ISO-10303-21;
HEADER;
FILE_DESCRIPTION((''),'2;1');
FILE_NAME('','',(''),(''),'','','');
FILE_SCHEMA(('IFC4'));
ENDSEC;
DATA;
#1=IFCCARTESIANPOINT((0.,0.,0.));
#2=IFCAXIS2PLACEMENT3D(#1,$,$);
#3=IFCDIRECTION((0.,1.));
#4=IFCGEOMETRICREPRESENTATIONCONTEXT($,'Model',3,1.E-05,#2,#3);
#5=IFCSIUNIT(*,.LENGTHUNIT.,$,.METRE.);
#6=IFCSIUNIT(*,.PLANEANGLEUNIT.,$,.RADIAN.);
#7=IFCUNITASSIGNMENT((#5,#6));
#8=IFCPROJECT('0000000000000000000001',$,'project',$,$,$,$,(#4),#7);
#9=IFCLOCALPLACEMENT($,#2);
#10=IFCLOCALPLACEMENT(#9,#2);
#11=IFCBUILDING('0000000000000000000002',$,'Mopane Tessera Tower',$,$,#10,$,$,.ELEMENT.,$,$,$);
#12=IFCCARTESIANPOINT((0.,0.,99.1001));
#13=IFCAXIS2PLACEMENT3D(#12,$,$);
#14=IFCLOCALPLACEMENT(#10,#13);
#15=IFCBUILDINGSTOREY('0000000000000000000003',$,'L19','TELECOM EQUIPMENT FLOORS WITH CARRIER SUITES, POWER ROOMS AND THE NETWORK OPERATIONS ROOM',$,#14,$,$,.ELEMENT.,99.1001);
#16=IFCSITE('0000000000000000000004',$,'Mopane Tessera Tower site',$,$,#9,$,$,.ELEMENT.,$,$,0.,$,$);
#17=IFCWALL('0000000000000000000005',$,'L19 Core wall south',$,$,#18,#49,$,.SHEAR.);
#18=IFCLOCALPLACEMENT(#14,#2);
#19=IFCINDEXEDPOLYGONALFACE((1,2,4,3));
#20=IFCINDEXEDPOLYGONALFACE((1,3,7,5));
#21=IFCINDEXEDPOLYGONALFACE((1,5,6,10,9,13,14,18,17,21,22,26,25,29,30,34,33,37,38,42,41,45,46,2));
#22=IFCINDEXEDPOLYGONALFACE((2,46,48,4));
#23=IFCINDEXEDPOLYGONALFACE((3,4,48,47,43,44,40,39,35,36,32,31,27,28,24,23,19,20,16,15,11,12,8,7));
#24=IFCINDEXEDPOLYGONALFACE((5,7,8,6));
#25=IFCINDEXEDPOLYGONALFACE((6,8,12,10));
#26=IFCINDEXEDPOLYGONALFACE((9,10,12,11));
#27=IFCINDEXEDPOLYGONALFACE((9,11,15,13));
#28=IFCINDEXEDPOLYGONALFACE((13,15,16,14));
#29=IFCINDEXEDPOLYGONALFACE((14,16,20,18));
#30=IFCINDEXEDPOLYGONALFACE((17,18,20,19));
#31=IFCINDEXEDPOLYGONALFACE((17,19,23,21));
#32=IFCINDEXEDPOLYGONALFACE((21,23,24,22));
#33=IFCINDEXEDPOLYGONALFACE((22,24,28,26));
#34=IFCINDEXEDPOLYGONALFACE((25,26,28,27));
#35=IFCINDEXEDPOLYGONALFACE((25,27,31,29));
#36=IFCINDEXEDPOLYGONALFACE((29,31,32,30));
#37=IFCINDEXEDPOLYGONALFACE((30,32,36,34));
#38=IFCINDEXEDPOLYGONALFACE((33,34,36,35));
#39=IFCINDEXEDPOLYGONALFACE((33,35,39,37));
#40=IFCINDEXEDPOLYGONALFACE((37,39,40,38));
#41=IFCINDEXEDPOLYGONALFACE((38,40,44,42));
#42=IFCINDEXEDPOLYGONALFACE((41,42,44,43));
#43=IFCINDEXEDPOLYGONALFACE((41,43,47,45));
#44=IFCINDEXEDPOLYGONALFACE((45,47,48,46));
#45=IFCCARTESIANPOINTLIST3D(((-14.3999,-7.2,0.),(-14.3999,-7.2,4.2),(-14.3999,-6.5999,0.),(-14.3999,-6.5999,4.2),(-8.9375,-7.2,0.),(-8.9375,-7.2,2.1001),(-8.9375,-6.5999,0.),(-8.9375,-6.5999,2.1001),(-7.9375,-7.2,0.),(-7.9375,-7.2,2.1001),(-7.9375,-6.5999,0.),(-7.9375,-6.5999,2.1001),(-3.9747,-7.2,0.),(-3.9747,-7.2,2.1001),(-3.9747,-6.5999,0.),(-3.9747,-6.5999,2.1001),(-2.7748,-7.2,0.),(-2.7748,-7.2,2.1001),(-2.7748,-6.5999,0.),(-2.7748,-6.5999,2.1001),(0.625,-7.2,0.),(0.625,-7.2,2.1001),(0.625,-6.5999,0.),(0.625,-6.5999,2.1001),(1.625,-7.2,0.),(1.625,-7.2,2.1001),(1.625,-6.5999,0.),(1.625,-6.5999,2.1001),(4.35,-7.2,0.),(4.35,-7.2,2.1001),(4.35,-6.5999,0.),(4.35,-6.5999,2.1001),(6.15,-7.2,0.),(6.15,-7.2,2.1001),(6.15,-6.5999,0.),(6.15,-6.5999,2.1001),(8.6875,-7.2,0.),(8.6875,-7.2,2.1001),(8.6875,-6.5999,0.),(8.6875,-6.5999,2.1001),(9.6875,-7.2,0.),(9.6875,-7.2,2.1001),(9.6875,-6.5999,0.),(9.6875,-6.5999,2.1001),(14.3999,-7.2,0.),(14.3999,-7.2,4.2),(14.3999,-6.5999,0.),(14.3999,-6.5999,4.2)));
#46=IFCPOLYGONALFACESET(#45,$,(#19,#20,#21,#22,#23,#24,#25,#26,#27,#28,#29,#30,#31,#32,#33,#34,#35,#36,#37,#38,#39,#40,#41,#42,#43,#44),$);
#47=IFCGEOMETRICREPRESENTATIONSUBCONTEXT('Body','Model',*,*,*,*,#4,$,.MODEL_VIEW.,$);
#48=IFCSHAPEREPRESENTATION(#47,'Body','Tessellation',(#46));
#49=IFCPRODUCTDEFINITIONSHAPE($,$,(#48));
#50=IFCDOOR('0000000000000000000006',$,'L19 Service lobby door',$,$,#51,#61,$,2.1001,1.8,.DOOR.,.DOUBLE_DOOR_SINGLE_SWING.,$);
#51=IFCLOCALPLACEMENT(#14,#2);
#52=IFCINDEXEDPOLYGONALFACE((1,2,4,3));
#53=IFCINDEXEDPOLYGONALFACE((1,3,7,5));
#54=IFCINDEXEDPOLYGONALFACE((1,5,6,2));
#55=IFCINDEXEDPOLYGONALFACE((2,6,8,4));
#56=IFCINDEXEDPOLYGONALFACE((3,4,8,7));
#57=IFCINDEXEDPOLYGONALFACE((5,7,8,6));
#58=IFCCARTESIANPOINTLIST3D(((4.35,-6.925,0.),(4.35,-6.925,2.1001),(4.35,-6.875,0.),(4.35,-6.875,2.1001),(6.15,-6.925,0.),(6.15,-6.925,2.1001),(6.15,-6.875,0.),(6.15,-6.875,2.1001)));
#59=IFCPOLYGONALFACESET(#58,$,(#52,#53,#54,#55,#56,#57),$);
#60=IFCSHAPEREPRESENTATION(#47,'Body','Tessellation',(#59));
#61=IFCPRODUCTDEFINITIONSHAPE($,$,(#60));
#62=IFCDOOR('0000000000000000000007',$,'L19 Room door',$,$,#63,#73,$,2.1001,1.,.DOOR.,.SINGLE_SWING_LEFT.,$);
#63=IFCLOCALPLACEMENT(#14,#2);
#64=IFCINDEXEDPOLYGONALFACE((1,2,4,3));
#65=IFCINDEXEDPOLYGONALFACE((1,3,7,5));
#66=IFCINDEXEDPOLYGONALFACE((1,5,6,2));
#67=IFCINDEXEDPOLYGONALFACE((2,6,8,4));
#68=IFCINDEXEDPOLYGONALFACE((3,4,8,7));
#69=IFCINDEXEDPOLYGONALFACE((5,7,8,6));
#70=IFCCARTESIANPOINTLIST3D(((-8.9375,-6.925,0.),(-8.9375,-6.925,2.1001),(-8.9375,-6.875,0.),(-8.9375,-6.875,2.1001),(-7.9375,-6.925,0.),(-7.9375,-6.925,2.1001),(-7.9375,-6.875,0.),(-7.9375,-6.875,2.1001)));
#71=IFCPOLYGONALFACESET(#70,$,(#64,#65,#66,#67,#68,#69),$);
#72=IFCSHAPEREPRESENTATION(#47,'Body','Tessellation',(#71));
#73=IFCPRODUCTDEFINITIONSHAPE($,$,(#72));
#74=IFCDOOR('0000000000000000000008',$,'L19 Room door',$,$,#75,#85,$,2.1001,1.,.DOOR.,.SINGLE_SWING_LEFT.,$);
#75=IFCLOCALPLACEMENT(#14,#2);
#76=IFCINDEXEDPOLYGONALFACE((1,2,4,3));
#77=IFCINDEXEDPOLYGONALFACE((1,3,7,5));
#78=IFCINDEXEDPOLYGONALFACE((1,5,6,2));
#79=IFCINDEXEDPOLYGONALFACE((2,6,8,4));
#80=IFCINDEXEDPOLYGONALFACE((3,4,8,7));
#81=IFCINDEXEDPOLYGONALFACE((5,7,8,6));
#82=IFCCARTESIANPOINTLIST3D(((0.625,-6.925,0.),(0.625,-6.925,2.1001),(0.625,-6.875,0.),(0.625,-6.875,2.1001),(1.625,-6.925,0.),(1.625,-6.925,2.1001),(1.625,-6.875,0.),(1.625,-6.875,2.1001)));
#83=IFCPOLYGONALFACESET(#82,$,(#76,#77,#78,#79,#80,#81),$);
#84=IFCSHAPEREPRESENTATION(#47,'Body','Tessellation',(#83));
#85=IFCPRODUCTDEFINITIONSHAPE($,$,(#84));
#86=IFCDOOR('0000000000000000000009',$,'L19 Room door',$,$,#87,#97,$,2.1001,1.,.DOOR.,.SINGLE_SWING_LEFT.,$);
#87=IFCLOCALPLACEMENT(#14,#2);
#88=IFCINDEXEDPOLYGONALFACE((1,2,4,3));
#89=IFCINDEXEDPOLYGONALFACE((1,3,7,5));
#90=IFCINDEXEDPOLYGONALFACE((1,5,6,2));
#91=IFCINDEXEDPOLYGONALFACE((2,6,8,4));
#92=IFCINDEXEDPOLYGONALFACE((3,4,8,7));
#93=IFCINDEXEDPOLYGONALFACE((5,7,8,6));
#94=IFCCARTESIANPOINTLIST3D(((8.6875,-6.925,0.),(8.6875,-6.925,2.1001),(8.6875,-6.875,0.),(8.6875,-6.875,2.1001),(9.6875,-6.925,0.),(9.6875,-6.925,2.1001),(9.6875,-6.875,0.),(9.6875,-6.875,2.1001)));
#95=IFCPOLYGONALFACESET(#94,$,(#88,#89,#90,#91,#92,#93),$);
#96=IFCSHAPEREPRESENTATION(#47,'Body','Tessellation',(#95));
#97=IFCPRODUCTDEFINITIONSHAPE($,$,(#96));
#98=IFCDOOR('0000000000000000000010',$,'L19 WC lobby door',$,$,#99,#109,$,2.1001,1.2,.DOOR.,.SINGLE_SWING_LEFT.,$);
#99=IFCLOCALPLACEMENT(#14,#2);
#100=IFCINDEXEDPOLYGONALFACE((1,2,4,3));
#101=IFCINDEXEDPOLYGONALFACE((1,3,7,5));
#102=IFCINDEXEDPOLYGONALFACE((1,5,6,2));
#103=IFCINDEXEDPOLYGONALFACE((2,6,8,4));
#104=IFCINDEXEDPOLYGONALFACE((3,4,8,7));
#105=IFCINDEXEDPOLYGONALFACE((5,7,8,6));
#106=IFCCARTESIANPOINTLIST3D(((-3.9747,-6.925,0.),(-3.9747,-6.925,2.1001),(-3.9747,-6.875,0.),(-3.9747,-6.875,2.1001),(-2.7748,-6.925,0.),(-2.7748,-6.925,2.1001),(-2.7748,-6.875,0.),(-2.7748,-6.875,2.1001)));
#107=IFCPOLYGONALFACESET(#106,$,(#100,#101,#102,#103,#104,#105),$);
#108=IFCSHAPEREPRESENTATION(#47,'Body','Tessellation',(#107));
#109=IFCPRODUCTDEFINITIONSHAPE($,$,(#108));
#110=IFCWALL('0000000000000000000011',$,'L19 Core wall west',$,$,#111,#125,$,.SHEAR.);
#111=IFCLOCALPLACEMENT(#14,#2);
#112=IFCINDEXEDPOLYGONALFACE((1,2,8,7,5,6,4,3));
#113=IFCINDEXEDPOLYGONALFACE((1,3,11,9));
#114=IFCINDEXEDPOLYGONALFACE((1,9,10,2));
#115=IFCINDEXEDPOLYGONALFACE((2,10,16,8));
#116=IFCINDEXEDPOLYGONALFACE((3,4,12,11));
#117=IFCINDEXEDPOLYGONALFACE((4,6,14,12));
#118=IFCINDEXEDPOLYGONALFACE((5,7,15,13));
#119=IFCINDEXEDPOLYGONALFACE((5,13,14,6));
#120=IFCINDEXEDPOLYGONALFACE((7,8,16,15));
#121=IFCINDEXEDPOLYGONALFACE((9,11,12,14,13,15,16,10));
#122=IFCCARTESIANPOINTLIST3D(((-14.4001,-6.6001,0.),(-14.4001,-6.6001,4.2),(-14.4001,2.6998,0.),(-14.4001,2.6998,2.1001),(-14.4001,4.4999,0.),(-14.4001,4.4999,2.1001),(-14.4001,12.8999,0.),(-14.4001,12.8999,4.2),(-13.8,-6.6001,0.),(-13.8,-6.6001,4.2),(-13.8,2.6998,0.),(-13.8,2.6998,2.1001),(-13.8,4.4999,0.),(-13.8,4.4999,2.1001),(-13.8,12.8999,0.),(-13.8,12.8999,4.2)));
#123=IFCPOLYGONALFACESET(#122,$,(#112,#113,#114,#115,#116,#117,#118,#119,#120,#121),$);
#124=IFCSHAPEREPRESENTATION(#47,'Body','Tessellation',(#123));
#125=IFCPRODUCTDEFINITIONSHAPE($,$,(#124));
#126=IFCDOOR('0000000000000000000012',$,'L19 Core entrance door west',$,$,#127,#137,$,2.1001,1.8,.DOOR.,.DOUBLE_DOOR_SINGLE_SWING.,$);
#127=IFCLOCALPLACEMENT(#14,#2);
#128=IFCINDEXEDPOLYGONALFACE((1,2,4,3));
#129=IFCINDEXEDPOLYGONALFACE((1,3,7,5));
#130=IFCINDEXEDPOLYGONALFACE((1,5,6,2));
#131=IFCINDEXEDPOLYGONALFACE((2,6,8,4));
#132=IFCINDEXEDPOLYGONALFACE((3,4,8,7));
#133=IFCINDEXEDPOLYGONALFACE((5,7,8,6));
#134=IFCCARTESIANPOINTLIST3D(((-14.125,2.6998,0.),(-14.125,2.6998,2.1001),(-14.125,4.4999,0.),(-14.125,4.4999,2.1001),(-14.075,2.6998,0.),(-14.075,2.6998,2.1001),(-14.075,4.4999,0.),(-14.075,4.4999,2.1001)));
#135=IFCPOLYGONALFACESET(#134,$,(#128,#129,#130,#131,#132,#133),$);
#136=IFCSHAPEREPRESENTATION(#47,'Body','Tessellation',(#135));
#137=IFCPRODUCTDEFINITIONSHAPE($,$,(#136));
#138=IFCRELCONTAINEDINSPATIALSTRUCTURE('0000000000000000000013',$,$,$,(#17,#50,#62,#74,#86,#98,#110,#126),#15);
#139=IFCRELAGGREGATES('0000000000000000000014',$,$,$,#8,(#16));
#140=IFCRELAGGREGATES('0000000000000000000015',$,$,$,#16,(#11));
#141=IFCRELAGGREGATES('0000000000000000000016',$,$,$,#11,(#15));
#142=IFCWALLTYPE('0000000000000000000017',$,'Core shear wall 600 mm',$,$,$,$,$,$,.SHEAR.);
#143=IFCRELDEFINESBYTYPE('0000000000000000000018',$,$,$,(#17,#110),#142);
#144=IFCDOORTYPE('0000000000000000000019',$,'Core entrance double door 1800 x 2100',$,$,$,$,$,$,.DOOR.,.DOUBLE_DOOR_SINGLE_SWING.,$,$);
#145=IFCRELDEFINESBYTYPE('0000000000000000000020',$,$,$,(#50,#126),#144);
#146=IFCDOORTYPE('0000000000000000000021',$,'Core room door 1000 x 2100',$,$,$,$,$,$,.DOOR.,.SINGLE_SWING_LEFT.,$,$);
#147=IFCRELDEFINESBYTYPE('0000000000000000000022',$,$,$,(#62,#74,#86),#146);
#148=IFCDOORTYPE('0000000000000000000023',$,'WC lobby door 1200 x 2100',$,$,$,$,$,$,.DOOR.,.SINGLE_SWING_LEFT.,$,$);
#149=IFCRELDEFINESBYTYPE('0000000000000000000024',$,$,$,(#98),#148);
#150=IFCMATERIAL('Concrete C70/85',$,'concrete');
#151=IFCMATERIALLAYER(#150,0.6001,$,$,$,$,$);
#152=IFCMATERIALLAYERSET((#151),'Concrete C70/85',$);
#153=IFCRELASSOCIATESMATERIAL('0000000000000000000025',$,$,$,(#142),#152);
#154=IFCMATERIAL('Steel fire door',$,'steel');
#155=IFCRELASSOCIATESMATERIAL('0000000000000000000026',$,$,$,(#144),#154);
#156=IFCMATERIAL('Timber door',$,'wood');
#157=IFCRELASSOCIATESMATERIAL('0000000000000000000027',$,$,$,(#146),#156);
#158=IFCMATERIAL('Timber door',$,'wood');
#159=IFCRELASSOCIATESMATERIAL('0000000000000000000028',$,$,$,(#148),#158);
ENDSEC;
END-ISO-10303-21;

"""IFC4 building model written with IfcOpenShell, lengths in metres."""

from ifc_helpers import new_model, si_unit, direction, frame, frame_2d, origin, place, context, subcontext, project, spatial, rectangle, extrude, material, layer, layer_set, type_object, element, fill, save


model = new_model("IFC4")

# Units and contexts
model_context = context("Model", 3, precision=1e-05, world=origin(), true_north=direction((0.0, 1.0)))
body_context = subcontext(model_context, "Body", "Model", "MODEL_VIEW")
ifc_project = project(units=[si_unit("LENGTHUNIT", "METRE"), si_unit("PLANEANGLEUNIT", "RADIAN")], contexts=[model_context])

# Site, building, storey
site_placement = place(None, origin())
site = spatial("IfcSite", under=ifc_project, at=site_placement, Name="Mopane Tessera Tower site", CompositionType="ELEMENT", RefElevation=0.0)
building_placement = place(site_placement, origin())
building = spatial("IfcBuilding", under=site, at=building_placement, Name="Mopane Tessera Tower", CompositionType="ELEMENT")
storey_placement = place(building_placement, frame((0.0, 0.0, 99.1001)))
storey = spatial("IfcBuildingStorey", under=building, at=storey_placement, Name="L19", Description="TELECOM EQUIPMENT FLOORS WITH CARRIER SUITES, POWER ROOMS AND THE NETWORK OPERATIONS ROOM", CompositionType="ELEMENT", Elevation=99.1001)

# Wall, openings, doors
ifc_material_1 = material(Name="Concrete C70/85", Category="concrete")
ifc_layer_1 = layer(ifc_material_1, 0.6001)
ifc_layer_set_1 = layer_set([ifc_layer_1], Name="Concrete C70/85")
wall_type_1 = type_object("IfcWallType", Name="Core shear wall 600 mm", PredefinedType="SHEAR", material=ifc_layer_set_1)
wall_1_placement = place(storey_placement, frame((-14.3999, -6.8999, 0.0), z_axis=(0.0, 0.0, 1.0), x_axis=(1.0, 0.0, 0.0)))
wall_1 = element("IfcWall", 1, at=wall_1_placement, inside=storey, type_object=wall_type_1, Name="L19 Core wall south", PredefinedType="SHEAR", context=body_context, shape_type="SweptSolid", body=[
    extrude(rectangle(XDim=28.7998, YDim=0.6001, at=frame_2d((14.3999, 0.0))), origin(), (0.0, 0.0, 1.0), 4.2),
])
opening_1_placement = place(wall_1_placement, frame((5.4624, 0.0, 0.0)))
opening_1 = element("IfcOpeningElement", 2, at=opening_1_placement, cuts=wall_1, PredefinedType="OPENING", context=body_context, shape_type="SweptSolid", body=[
    extrude(rectangle(XDim=1.0, YDim=2.1001, at=frame_2d((0.5, 1.05))), frame((0.0, 0.312, 0.0), z_axis=(0.0, -1.0, 0.0), x_axis=(1.0, 0.0, 0.0)), (0.0, 0.0, 1.0), 0.624),
])
opening_2_placement = place(wall_1_placement, frame((10.425, 0.0, 0.0)))
opening_2 = element("IfcOpeningElement", 3, at=opening_2_placement, cuts=wall_1, PredefinedType="OPENING", context=body_context, shape_type="SweptSolid", body=[
    extrude(rectangle(XDim=1.2, YDim=2.1001, at=frame_2d((0.6001, 1.05))), frame((0.0, 0.312, 0.0), z_axis=(0.0, -1.0, 0.0), x_axis=(1.0, 0.0, 0.0)), (0.0, 0.0, 1.0), 0.624),
])
opening_3_placement = place(wall_1_placement, frame((15.0249, 0.0, 0.0)))
opening_3 = element("IfcOpeningElement", 4, at=opening_3_placement, cuts=wall_1, PredefinedType="OPENING", context=body_context, shape_type="SweptSolid", body=[
    extrude(rectangle(XDim=1.0, YDim=2.1001, at=frame_2d((0.5, 1.05))), frame((0.0, 0.312, 0.0), z_axis=(0.0, -1.0, 0.0), x_axis=(1.0, 0.0, 0.0)), (0.0, 0.0, 1.0), 0.624),
])
opening_4_placement = place(wall_1_placement, frame((18.75, 0.0, 0.0)))
opening_4 = element("IfcOpeningElement", 5, at=opening_4_placement, cuts=wall_1, PredefinedType="OPENING", context=body_context, shape_type="SweptSolid", body=[
    extrude(rectangle(XDim=1.8, YDim=2.1001, at=frame_2d((0.8999, 1.05))), frame((0.0, 0.312, 0.0), z_axis=(0.0, -1.0, 0.0), x_axis=(1.0, 0.0, 0.0)), (0.0, 0.0, 1.0), 0.624),
])
opening_5_placement = place(wall_1_placement, frame((23.0874, 0.0, 0.0)))
opening_5 = element("IfcOpeningElement", 6, at=opening_5_placement, cuts=wall_1, PredefinedType="OPENING", context=body_context, shape_type="SweptSolid", body=[
    extrude(rectangle(XDim=1.0, YDim=2.1001, at=frame_2d((0.5, 1.05))), frame((0.0, 0.312, 0.0), z_axis=(0.0, -1.0, 0.0), x_axis=(1.0, 0.0, 0.0)), (0.0, 0.0, 1.0), 0.624),
])
ifc_material_2 = material(Name="Steel fire door", Category="steel")
door_type_1 = type_object("IfcDoorType", Name="Core entrance double door 1800 x 2100", OperationType="DOUBLE_DOOR_SINGLE_SWING", PredefinedType="DOOR", material=ifc_material_2)
door_1_placement = place(opening_4_placement, origin())
door_1 = element("IfcDoor", 7, at=door_1_placement, inside=storey, type_object=door_type_1, Name="L19 Service lobby door", OperationType="DOUBLE_DOOR_SINGLE_SWING", OverallHeight=2.1001, OverallWidth=1.8, PredefinedType="DOOR", context=body_context, shape_type="SweptSolid", body=[
    extrude(rectangle(XDim=1.8, YDim=2.1001, at=frame_2d((0.8999, 1.05))), frame((0.0, 0.0249, 0.0), z_axis=(0.0, -1.0, 0.0), x_axis=(1.0, 0.0, 0.0)), (0.0, 0.0, 1.0), 0.05),
])
fill(opening_4, door_1)
ifc_material_3 = material(Name="Timber door", Category="wood")
door_type_2 = type_object("IfcDoorType", Name="Core room door 1000 x 2100", OperationType="SINGLE_SWING_LEFT", PredefinedType="DOOR", material=ifc_material_3)
door_2_placement = place(opening_1_placement, origin())
door_2 = element("IfcDoor", 8, at=door_2_placement, inside=storey, type_object=door_type_2, Name="L19 Room door", OperationType="SINGLE_SWING_LEFT", OverallHeight=2.1001, OverallWidth=1.0, PredefinedType="DOOR", context=body_context, shape_type="SweptSolid", body=[
    extrude(rectangle(XDim=1.0, YDim=2.1001, at=frame_2d((0.5, 1.05))), frame((0.0, 0.0249, 0.0), z_axis=(0.0, -1.0, 0.0), x_axis=(1.0, 0.0, 0.0)), (0.0, 0.0, 1.0), 0.05),
])
fill(opening_1, door_2)
door_3_placement = place(opening_3_placement, origin())
door_3 = element("IfcDoor", 9, at=door_3_placement, inside=storey, type_object=door_type_2, Name="L19 Room door", OperationType="SINGLE_SWING_LEFT", OverallHeight=2.1001, OverallWidth=1.0, PredefinedType="DOOR", context=body_context, shape_type="SweptSolid", body=[
    extrude(rectangle(XDim=1.0, YDim=2.1001, at=frame_2d((0.5, 1.05))), frame((0.0, 0.0249, 0.0), z_axis=(0.0, -1.0, 0.0), x_axis=(1.0, 0.0, 0.0)), (0.0, 0.0, 1.0), 0.05),
])
fill(opening_3, door_3)
door_4_placement = place(opening_5_placement, origin())
door_4 = element("IfcDoor", 10, at=door_4_placement, inside=storey, type_object=door_type_2, Name="L19 Room door", OperationType="SINGLE_SWING_LEFT", OverallHeight=2.1001, OverallWidth=1.0, PredefinedType="DOOR", context=body_context, shape_type="SweptSolid", body=[
    extrude(rectangle(XDim=1.0, YDim=2.1001, at=frame_2d((0.5, 1.05))), frame((0.0, 0.0249, 0.0), z_axis=(0.0, -1.0, 0.0), x_axis=(1.0, 0.0, 0.0)), (0.0, 0.0, 1.0), 0.05),
])
fill(opening_5, door_4)
ifc_material_4 = material(Name="Timber door", Category="wood")
door_type_3 = type_object("IfcDoorType", Name="WC lobby door 1200 x 2100", OperationType="SINGLE_SWING_LEFT", PredefinedType="DOOR", material=ifc_material_4)
door_5_placement = place(opening_2_placement, origin())
door_5 = element("IfcDoor", 11, at=door_5_placement, inside=storey, type_object=door_type_3, Name="L19 WC lobby door", OperationType="SINGLE_SWING_LEFT", OverallHeight=2.1001, OverallWidth=1.2, PredefinedType="DOOR", context=body_context, shape_type="SweptSolid", body=[
    extrude(rectangle(XDim=1.2, YDim=2.1001, at=frame_2d((0.6001, 1.05))), frame((0.0, 0.0249, 0.0), z_axis=(0.0, -1.0, 0.0), x_axis=(1.0, 0.0, 0.0)), (0.0, 0.0, 1.0), 0.05),
])
fill(opening_2, door_5)

# Wall, opening, door
wall_2_placement = place(storey_placement, frame((-14.1001, -6.6001, 0.0), z_axis=(0.0, 0.0, 1.0), x_axis=(0.0, 1.0, 0.0)))
wall_2 = element("IfcWall", 12, at=wall_2_placement, inside=storey, type_object=wall_type_1, Name="L19 Core wall west", PredefinedType="SHEAR", context=body_context, shape_type="SweptSolid", body=[
    extrude(rectangle(XDim=19.5, YDim=0.6001, at=frame_2d((9.75, 0.0))), origin(), (0.0, 0.0, 1.0), 4.2),
])
opening_6_placement = place(wall_2_placement, frame((9.3, 0.0, 0.0)))
opening_6 = element("IfcOpeningElement", 13, at=opening_6_placement, cuts=wall_2, PredefinedType="OPENING", context=body_context, shape_type="SweptSolid", body=[
    extrude(rectangle(XDim=1.8, YDim=2.1001, at=frame_2d((0.8999, 1.05))), frame((0.0, 0.312, 0.0), z_axis=(0.0, -1.0, 0.0), x_axis=(1.0, 0.0, 0.0)), (0.0, 0.0, 1.0), 0.624),
])
door_6_placement = place(opening_6_placement, origin())
door_6 = element("IfcDoor", 14, at=door_6_placement, inside=storey, type_object=door_type_1, Name="L19 Core entrance door west", OperationType="DOUBLE_DOOR_SINGLE_SWING", OverallHeight=2.1001, OverallWidth=1.8, PredefinedType="DOOR", context=body_context, shape_type="SweptSolid", body=[
    extrude(rectangle(XDim=1.8, YDim=2.1001, at=frame_2d((0.8999, 1.05))), frame((0.0, 0.0249, 0.0), z_axis=(0.0, -1.0, 0.0), x_axis=(1.0, 0.0, 0.0)), (0.0, 0.0, 1.0), 0.05),
])
fill(opening_6, door_6)

save(model, "model.ifc")
